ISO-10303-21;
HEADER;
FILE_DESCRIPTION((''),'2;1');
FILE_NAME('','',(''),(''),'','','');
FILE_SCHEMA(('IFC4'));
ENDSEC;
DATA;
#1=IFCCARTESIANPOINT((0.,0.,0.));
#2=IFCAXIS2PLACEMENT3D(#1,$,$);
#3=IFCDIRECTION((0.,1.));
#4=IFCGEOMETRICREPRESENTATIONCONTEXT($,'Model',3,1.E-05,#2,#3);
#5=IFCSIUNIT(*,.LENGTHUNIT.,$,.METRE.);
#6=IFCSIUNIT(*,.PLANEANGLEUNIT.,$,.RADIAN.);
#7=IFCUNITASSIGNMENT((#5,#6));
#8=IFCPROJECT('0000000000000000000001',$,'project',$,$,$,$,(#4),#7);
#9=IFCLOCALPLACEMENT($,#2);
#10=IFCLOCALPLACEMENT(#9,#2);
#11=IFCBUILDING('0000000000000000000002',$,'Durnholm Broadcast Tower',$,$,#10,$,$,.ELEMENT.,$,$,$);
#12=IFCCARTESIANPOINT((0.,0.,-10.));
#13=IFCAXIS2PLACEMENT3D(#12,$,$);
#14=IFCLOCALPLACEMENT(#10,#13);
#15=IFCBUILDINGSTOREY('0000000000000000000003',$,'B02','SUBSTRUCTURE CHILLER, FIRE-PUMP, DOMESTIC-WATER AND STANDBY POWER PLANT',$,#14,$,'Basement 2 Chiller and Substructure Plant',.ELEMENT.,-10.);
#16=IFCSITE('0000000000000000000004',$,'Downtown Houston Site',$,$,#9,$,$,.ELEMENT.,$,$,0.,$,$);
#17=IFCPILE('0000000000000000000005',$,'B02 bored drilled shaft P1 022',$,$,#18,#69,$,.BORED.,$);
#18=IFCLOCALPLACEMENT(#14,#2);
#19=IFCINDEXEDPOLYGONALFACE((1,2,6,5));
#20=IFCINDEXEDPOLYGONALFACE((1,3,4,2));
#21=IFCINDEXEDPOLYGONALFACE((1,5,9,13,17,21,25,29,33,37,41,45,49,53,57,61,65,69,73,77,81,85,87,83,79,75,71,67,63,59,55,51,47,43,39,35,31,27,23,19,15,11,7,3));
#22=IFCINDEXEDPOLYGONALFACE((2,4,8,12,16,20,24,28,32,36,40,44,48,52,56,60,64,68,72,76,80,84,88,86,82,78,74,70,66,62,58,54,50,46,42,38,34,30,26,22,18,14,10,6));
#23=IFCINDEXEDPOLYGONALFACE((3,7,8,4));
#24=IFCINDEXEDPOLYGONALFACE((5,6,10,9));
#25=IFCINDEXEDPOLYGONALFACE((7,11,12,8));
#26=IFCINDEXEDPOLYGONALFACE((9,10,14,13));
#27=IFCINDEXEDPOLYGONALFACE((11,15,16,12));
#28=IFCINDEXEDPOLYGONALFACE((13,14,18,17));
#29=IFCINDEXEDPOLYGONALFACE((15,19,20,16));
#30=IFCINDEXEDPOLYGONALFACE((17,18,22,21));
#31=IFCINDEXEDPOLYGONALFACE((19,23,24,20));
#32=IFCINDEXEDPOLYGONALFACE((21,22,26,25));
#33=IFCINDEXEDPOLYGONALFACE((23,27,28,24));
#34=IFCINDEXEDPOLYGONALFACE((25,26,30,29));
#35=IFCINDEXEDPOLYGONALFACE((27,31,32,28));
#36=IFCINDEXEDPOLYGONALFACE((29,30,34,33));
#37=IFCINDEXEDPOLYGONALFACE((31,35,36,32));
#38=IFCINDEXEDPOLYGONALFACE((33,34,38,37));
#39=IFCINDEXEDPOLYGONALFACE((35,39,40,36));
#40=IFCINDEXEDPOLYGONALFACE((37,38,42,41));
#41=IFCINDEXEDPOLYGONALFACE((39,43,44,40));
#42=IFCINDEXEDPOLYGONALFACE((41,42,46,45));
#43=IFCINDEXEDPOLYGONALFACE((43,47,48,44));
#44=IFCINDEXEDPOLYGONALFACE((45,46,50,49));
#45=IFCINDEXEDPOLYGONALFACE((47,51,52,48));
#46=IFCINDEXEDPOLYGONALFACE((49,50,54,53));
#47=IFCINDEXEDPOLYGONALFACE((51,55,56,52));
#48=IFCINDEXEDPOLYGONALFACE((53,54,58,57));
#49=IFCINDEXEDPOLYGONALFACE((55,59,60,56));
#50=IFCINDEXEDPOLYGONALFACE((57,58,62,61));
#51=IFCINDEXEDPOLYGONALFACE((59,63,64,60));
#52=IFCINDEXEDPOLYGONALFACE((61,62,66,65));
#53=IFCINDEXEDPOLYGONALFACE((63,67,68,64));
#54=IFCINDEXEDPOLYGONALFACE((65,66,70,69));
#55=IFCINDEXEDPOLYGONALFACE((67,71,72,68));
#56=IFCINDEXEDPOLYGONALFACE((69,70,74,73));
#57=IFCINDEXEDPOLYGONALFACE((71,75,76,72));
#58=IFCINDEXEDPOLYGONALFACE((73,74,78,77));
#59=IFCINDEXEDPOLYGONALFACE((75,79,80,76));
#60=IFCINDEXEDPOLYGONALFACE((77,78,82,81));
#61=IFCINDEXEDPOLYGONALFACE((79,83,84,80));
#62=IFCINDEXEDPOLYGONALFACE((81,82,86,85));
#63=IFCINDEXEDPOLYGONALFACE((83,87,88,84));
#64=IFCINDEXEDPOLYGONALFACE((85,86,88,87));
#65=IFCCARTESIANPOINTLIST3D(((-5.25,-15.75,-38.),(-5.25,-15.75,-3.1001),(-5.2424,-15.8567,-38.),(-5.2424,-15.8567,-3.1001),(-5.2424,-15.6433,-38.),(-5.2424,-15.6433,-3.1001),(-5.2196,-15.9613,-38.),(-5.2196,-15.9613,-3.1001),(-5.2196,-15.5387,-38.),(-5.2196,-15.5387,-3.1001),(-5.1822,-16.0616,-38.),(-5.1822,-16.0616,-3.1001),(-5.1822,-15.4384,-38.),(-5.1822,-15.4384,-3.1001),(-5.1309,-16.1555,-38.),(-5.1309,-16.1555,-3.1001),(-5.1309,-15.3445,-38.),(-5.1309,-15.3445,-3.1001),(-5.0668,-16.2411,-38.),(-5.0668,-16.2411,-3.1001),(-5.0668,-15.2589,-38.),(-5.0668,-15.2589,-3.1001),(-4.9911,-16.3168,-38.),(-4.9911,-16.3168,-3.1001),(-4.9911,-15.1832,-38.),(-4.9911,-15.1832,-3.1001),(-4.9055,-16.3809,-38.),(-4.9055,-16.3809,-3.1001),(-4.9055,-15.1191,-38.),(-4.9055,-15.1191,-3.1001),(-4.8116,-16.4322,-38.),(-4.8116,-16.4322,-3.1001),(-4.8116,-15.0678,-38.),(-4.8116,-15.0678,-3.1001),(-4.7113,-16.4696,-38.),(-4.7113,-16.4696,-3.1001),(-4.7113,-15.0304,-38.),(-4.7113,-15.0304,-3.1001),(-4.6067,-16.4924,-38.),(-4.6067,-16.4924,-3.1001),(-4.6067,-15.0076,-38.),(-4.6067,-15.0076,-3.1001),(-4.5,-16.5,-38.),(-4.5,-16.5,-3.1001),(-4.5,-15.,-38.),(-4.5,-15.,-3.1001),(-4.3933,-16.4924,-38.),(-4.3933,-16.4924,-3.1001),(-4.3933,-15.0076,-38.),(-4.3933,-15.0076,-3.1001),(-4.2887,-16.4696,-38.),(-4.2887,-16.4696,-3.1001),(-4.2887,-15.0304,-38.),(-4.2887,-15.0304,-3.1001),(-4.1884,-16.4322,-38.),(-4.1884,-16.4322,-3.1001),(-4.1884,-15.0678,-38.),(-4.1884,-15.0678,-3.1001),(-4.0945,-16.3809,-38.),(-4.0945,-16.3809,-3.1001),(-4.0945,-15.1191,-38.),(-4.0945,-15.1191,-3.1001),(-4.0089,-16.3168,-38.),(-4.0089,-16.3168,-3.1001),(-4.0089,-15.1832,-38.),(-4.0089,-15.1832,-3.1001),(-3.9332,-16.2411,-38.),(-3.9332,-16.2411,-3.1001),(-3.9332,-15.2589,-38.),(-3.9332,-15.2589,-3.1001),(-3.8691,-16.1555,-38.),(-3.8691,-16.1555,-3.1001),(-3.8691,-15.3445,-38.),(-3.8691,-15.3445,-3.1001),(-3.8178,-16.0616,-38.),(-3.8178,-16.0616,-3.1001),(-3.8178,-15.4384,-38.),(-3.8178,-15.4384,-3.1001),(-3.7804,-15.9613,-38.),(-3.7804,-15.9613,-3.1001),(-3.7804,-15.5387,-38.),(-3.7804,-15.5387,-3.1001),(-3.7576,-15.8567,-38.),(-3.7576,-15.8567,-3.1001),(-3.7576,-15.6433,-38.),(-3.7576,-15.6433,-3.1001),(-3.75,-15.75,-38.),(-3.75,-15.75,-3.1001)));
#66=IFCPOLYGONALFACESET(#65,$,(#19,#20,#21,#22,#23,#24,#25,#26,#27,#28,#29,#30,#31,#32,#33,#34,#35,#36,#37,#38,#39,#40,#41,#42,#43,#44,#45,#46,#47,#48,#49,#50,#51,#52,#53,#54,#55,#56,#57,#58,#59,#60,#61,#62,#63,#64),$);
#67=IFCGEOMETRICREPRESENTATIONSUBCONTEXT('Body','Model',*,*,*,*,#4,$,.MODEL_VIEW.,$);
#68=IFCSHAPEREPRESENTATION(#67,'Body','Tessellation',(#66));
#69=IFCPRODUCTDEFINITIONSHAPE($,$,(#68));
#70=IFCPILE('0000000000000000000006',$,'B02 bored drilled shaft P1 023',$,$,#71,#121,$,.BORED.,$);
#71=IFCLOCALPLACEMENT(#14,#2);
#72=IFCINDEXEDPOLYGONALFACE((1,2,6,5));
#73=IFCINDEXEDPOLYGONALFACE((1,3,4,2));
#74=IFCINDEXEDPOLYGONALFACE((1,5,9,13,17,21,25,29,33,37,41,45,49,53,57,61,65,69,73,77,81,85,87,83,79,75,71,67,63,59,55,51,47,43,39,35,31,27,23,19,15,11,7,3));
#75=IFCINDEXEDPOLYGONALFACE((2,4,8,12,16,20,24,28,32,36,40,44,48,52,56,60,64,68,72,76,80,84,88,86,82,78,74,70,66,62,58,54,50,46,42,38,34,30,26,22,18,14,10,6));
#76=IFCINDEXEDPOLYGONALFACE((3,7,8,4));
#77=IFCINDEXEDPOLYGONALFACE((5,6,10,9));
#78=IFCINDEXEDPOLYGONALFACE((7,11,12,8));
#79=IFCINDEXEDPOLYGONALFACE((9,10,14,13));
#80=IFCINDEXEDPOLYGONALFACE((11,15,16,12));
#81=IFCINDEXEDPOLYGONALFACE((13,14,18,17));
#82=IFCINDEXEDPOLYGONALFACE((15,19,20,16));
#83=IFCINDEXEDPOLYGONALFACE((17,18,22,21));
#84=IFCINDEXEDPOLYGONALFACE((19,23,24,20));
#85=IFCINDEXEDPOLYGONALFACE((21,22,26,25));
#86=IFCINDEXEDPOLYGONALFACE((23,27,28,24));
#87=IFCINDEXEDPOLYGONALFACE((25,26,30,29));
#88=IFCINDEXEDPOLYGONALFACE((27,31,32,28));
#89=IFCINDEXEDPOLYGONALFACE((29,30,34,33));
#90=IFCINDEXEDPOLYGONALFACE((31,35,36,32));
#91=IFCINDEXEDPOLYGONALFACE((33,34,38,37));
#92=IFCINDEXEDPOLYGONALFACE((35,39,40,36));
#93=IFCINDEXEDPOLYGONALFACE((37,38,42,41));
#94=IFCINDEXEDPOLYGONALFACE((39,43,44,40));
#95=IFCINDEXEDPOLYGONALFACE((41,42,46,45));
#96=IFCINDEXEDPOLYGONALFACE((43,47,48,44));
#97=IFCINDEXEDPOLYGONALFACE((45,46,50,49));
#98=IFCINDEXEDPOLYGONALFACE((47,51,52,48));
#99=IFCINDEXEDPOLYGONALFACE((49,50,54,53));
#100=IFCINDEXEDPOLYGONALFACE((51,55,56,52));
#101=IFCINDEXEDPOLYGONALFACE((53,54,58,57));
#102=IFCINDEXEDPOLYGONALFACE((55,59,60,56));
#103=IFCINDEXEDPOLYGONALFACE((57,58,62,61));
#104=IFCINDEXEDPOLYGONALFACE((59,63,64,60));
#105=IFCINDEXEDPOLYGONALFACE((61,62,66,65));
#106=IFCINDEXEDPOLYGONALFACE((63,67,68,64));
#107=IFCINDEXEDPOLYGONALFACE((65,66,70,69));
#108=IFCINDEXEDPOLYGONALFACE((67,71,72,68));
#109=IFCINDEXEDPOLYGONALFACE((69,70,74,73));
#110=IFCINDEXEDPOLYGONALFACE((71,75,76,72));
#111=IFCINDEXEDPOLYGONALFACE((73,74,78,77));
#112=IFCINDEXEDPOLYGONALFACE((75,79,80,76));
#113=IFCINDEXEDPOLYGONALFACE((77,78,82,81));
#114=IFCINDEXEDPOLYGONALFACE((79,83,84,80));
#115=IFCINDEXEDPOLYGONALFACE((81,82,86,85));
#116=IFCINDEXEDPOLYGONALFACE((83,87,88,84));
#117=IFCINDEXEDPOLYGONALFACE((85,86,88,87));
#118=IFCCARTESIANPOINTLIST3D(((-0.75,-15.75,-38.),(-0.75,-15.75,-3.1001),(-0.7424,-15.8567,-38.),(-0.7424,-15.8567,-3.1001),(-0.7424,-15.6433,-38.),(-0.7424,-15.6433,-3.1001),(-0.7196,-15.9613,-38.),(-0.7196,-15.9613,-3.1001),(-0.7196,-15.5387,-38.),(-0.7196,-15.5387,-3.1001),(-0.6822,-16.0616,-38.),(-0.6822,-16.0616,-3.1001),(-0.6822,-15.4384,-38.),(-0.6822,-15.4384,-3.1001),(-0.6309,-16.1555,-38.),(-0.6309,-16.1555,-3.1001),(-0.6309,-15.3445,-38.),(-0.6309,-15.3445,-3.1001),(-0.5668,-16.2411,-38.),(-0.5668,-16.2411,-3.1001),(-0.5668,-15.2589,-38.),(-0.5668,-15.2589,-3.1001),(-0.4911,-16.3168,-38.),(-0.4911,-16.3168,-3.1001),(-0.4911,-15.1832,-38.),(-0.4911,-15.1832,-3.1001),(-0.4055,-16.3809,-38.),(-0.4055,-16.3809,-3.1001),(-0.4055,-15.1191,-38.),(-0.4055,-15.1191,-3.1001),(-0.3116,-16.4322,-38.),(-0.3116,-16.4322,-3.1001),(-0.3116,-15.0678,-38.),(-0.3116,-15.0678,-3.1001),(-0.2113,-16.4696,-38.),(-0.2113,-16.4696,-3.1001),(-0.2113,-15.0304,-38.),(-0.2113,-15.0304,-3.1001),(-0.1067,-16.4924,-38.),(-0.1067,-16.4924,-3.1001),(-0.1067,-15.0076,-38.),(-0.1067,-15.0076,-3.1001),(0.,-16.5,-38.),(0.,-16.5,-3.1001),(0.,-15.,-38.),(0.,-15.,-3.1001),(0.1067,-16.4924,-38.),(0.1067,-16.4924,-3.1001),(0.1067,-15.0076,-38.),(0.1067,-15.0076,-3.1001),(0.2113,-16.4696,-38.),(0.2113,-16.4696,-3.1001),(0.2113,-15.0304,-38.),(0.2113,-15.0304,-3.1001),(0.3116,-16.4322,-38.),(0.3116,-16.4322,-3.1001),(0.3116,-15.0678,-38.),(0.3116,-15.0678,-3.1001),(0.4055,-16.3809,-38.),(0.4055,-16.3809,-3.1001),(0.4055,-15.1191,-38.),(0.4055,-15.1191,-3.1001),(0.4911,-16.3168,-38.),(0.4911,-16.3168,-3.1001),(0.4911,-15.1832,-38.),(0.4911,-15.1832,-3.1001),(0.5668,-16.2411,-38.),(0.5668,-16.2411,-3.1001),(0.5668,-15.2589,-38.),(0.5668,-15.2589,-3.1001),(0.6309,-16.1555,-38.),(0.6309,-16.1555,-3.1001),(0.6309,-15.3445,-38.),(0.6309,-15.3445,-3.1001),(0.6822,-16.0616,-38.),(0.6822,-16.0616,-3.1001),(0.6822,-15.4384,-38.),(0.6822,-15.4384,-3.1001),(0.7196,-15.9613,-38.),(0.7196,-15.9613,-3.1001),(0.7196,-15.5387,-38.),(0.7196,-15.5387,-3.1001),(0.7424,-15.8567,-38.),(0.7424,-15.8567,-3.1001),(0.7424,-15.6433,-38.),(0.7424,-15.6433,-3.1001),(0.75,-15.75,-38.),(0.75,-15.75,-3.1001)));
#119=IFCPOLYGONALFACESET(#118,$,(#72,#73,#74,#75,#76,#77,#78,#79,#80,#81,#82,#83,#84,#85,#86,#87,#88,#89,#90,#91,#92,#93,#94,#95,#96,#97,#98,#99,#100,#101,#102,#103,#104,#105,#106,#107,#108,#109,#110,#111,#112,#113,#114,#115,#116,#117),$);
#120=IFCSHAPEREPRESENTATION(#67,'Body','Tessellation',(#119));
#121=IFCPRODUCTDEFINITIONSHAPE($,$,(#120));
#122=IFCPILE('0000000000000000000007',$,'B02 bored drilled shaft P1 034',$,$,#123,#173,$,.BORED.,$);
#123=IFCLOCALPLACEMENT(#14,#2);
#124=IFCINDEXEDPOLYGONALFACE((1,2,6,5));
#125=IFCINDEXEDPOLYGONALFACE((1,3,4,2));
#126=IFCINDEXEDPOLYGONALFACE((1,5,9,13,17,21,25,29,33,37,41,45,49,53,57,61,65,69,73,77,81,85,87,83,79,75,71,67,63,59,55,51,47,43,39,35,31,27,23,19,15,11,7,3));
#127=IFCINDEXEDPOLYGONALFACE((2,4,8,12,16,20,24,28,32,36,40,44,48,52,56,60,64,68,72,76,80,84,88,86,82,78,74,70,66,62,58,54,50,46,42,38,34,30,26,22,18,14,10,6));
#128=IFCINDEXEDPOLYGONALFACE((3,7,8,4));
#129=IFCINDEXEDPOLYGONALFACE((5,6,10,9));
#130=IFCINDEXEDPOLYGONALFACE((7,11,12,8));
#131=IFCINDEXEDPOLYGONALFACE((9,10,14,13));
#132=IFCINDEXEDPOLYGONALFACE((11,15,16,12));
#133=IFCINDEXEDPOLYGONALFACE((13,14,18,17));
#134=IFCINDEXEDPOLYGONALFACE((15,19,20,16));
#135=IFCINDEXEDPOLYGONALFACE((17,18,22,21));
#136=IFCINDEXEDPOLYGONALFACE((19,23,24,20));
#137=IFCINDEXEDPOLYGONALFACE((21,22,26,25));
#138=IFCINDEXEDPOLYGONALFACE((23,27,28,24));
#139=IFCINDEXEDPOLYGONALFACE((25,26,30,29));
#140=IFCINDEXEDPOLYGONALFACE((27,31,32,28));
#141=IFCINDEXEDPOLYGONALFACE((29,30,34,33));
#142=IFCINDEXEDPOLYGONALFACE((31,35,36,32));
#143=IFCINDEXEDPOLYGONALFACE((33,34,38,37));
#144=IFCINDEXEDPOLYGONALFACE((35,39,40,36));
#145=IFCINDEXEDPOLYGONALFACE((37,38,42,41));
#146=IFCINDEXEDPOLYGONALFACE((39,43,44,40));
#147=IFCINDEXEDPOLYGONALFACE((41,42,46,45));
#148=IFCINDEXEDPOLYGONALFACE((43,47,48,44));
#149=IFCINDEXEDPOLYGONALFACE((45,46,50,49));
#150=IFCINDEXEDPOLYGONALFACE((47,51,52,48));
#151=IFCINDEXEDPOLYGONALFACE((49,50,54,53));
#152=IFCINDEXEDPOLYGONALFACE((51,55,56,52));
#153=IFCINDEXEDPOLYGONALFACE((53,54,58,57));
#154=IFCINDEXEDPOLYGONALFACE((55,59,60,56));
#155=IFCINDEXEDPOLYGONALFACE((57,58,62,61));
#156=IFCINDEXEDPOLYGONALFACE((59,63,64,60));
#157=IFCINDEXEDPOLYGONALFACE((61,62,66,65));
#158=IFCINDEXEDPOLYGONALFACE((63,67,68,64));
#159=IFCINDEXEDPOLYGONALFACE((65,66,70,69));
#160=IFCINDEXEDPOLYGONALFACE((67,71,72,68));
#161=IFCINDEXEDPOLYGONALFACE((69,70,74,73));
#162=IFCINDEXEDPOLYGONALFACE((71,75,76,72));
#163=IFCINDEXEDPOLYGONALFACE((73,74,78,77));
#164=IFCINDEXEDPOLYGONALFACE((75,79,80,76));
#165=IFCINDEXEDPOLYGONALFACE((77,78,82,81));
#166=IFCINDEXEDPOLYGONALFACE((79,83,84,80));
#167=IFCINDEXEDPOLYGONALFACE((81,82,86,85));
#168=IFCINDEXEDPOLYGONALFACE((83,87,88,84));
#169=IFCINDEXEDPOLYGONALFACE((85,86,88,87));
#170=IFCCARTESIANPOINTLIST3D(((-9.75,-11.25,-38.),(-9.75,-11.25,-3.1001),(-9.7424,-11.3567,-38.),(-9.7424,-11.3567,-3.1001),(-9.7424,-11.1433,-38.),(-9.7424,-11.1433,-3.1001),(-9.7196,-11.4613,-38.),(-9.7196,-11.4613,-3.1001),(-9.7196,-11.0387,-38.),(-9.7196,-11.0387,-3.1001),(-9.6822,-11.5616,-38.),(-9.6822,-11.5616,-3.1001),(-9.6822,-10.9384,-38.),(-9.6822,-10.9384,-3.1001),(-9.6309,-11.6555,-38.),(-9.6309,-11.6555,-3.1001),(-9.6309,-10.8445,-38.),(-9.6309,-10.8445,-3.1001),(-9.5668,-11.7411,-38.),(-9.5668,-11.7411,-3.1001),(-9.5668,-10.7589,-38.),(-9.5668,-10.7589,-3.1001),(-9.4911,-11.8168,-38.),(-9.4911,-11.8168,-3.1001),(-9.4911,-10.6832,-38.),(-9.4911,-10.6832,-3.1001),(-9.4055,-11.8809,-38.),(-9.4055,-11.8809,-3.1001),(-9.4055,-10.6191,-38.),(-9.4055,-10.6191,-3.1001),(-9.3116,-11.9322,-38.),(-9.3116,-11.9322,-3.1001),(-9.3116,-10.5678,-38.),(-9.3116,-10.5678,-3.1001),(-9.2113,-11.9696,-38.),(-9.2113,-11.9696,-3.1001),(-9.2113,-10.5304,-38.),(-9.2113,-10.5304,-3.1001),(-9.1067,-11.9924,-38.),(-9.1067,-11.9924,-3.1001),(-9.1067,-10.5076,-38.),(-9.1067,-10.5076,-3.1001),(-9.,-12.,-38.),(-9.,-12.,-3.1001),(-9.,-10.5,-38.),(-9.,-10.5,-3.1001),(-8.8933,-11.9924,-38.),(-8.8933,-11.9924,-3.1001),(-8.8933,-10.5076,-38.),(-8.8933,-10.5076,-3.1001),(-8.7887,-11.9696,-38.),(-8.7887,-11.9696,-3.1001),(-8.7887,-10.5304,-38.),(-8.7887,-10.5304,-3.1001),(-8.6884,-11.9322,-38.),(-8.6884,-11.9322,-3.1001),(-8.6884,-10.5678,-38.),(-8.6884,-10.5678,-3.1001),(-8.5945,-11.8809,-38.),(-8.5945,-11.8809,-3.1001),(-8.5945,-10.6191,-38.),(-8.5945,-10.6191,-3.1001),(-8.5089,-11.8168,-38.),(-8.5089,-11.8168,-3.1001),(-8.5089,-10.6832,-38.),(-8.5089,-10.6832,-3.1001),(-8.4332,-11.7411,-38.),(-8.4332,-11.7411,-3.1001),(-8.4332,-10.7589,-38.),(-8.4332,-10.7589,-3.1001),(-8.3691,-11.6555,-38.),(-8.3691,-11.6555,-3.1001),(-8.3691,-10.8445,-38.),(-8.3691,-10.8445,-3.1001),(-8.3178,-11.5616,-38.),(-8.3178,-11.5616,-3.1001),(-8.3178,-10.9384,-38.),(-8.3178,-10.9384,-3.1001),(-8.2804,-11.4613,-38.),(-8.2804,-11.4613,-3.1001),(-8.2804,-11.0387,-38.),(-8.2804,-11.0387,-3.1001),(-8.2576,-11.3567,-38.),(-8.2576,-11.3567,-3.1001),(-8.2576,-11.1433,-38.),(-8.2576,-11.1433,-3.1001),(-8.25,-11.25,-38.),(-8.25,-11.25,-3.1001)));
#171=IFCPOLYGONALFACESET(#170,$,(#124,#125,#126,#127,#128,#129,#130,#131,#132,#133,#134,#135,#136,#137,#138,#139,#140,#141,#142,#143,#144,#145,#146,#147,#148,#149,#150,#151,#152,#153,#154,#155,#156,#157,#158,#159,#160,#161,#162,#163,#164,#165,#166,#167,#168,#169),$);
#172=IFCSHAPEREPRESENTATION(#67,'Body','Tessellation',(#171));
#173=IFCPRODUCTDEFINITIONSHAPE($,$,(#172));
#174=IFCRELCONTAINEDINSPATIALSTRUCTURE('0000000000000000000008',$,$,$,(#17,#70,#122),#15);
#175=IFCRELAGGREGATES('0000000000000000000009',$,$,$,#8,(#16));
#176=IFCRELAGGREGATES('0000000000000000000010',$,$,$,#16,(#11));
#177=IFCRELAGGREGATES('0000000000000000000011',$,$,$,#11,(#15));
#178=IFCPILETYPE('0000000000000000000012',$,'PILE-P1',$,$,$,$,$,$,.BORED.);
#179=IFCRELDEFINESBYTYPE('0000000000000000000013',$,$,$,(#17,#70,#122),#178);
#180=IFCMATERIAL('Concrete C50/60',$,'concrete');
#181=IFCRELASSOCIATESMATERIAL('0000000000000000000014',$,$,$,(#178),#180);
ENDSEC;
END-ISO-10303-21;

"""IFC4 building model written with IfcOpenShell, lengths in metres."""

from ifc_helpers import new_model, si_unit, direction, frame, origin, origin_2d, place, context, subcontext, project, spatial, circle, extrude, source, transform, mapped, material, material_profile, profile_set, type_object, type_shapes, element, save


model = new_model("IFC4")

# Units and contexts
model_context = context("Model", 3, precision=1e-05, world=origin(), true_north=direction((0.0, 1.0)))
body_context = subcontext(model_context, "Body", "Model", "MODEL_VIEW")
ifc_project = project(units=[si_unit("LENGTHUNIT", "METRE"), si_unit("PLANEANGLEUNIT", "RADIAN")], contexts=[model_context])

# Site, building, storey
site_placement = place(None, origin())
site = spatial("IfcSite", under=ifc_project, at=site_placement, Name="Downtown Houston Site", CompositionType="ELEMENT", RefElevation=0.0)
building_placement = place(site_placement, origin())
building = spatial("IfcBuilding", under=site, at=building_placement, Name="Durnholm Broadcast Tower", CompositionType="ELEMENT")
storey_placement = place(building_placement, frame((0.0, 0.0, -10.0)))
storey = spatial("IfcBuildingStorey", under=building, at=storey_placement, Name="B02", Description="SUBSTRUCTURE CHILLER, FIRE-PUMP, DOMESTIC-WATER AND STANDBY POWER PLANT", LongName="Basement 2 Chiller and Substructure Plant", CompositionType="ELEMENT", Elevation=-10.0)

# Piles
ifc_material_1 = material(Name="Concrete C50/60", Category="concrete")
ifc_material_profile_1 = material_profile(ifc_material_1, circle(Radius=0.75, at=origin_2d()), Name="PILE1500")
ifc_profile_set_1 = profile_set([ifc_material_profile_1], Name="Concrete C50/60")
pile_type_1 = type_object("IfcPileType", Name="PILE-P1", PredefinedType="BORED", material=ifc_profile_set_1)
shared_shape_1 = source(origin(), body_context, "Body", "SweptSolid", [
    extrude(circle(Radius=0.75, at=origin_2d()), origin(), (0.0, 0.0, 1.0), 34.8999),
])
type_shapes(pile_type_1, [shared_shape_1])
for number, where, z_axis, x_axis, name in (
    (1, (-4.5, -15.75, -3.1001), (0.0, 0.0, -1.0), (1.0, 0.0, 0.0), "B02 bored drilled shaft P1 022"),
    (2, (0.0, -15.75, -3.1001), (0.0, 0.0, -1.0), (1.0, 0.0, 0.0), "B02 bored drilled shaft P1 023"),
    (3, (-9.0, -11.25, -3.1001), (0.0, 0.0, -1.0), (1.0, 0.0, 0.0), "B02 bored drilled shaft P1 034"),
):
    element("IfcPile", number, at=place(storey_placement, frame(where, z_axis=z_axis, x_axis=x_axis)), inside=storey, type_object=pile_type_1, Name=name, PredefinedType="BORED", context=body_context, shape_type="MappedRepresentation", body=[
        mapped(shared_shape_1, transform((0.0, 0.0, 0.0), x_axis=(1.0, 0.0, 0.0), y_axis=(0.0, 1.0, 0.0), z_axis=(0.0, 0.0, 1.0), scale=1.0)),
    ])

save(model, "model.ifc")
